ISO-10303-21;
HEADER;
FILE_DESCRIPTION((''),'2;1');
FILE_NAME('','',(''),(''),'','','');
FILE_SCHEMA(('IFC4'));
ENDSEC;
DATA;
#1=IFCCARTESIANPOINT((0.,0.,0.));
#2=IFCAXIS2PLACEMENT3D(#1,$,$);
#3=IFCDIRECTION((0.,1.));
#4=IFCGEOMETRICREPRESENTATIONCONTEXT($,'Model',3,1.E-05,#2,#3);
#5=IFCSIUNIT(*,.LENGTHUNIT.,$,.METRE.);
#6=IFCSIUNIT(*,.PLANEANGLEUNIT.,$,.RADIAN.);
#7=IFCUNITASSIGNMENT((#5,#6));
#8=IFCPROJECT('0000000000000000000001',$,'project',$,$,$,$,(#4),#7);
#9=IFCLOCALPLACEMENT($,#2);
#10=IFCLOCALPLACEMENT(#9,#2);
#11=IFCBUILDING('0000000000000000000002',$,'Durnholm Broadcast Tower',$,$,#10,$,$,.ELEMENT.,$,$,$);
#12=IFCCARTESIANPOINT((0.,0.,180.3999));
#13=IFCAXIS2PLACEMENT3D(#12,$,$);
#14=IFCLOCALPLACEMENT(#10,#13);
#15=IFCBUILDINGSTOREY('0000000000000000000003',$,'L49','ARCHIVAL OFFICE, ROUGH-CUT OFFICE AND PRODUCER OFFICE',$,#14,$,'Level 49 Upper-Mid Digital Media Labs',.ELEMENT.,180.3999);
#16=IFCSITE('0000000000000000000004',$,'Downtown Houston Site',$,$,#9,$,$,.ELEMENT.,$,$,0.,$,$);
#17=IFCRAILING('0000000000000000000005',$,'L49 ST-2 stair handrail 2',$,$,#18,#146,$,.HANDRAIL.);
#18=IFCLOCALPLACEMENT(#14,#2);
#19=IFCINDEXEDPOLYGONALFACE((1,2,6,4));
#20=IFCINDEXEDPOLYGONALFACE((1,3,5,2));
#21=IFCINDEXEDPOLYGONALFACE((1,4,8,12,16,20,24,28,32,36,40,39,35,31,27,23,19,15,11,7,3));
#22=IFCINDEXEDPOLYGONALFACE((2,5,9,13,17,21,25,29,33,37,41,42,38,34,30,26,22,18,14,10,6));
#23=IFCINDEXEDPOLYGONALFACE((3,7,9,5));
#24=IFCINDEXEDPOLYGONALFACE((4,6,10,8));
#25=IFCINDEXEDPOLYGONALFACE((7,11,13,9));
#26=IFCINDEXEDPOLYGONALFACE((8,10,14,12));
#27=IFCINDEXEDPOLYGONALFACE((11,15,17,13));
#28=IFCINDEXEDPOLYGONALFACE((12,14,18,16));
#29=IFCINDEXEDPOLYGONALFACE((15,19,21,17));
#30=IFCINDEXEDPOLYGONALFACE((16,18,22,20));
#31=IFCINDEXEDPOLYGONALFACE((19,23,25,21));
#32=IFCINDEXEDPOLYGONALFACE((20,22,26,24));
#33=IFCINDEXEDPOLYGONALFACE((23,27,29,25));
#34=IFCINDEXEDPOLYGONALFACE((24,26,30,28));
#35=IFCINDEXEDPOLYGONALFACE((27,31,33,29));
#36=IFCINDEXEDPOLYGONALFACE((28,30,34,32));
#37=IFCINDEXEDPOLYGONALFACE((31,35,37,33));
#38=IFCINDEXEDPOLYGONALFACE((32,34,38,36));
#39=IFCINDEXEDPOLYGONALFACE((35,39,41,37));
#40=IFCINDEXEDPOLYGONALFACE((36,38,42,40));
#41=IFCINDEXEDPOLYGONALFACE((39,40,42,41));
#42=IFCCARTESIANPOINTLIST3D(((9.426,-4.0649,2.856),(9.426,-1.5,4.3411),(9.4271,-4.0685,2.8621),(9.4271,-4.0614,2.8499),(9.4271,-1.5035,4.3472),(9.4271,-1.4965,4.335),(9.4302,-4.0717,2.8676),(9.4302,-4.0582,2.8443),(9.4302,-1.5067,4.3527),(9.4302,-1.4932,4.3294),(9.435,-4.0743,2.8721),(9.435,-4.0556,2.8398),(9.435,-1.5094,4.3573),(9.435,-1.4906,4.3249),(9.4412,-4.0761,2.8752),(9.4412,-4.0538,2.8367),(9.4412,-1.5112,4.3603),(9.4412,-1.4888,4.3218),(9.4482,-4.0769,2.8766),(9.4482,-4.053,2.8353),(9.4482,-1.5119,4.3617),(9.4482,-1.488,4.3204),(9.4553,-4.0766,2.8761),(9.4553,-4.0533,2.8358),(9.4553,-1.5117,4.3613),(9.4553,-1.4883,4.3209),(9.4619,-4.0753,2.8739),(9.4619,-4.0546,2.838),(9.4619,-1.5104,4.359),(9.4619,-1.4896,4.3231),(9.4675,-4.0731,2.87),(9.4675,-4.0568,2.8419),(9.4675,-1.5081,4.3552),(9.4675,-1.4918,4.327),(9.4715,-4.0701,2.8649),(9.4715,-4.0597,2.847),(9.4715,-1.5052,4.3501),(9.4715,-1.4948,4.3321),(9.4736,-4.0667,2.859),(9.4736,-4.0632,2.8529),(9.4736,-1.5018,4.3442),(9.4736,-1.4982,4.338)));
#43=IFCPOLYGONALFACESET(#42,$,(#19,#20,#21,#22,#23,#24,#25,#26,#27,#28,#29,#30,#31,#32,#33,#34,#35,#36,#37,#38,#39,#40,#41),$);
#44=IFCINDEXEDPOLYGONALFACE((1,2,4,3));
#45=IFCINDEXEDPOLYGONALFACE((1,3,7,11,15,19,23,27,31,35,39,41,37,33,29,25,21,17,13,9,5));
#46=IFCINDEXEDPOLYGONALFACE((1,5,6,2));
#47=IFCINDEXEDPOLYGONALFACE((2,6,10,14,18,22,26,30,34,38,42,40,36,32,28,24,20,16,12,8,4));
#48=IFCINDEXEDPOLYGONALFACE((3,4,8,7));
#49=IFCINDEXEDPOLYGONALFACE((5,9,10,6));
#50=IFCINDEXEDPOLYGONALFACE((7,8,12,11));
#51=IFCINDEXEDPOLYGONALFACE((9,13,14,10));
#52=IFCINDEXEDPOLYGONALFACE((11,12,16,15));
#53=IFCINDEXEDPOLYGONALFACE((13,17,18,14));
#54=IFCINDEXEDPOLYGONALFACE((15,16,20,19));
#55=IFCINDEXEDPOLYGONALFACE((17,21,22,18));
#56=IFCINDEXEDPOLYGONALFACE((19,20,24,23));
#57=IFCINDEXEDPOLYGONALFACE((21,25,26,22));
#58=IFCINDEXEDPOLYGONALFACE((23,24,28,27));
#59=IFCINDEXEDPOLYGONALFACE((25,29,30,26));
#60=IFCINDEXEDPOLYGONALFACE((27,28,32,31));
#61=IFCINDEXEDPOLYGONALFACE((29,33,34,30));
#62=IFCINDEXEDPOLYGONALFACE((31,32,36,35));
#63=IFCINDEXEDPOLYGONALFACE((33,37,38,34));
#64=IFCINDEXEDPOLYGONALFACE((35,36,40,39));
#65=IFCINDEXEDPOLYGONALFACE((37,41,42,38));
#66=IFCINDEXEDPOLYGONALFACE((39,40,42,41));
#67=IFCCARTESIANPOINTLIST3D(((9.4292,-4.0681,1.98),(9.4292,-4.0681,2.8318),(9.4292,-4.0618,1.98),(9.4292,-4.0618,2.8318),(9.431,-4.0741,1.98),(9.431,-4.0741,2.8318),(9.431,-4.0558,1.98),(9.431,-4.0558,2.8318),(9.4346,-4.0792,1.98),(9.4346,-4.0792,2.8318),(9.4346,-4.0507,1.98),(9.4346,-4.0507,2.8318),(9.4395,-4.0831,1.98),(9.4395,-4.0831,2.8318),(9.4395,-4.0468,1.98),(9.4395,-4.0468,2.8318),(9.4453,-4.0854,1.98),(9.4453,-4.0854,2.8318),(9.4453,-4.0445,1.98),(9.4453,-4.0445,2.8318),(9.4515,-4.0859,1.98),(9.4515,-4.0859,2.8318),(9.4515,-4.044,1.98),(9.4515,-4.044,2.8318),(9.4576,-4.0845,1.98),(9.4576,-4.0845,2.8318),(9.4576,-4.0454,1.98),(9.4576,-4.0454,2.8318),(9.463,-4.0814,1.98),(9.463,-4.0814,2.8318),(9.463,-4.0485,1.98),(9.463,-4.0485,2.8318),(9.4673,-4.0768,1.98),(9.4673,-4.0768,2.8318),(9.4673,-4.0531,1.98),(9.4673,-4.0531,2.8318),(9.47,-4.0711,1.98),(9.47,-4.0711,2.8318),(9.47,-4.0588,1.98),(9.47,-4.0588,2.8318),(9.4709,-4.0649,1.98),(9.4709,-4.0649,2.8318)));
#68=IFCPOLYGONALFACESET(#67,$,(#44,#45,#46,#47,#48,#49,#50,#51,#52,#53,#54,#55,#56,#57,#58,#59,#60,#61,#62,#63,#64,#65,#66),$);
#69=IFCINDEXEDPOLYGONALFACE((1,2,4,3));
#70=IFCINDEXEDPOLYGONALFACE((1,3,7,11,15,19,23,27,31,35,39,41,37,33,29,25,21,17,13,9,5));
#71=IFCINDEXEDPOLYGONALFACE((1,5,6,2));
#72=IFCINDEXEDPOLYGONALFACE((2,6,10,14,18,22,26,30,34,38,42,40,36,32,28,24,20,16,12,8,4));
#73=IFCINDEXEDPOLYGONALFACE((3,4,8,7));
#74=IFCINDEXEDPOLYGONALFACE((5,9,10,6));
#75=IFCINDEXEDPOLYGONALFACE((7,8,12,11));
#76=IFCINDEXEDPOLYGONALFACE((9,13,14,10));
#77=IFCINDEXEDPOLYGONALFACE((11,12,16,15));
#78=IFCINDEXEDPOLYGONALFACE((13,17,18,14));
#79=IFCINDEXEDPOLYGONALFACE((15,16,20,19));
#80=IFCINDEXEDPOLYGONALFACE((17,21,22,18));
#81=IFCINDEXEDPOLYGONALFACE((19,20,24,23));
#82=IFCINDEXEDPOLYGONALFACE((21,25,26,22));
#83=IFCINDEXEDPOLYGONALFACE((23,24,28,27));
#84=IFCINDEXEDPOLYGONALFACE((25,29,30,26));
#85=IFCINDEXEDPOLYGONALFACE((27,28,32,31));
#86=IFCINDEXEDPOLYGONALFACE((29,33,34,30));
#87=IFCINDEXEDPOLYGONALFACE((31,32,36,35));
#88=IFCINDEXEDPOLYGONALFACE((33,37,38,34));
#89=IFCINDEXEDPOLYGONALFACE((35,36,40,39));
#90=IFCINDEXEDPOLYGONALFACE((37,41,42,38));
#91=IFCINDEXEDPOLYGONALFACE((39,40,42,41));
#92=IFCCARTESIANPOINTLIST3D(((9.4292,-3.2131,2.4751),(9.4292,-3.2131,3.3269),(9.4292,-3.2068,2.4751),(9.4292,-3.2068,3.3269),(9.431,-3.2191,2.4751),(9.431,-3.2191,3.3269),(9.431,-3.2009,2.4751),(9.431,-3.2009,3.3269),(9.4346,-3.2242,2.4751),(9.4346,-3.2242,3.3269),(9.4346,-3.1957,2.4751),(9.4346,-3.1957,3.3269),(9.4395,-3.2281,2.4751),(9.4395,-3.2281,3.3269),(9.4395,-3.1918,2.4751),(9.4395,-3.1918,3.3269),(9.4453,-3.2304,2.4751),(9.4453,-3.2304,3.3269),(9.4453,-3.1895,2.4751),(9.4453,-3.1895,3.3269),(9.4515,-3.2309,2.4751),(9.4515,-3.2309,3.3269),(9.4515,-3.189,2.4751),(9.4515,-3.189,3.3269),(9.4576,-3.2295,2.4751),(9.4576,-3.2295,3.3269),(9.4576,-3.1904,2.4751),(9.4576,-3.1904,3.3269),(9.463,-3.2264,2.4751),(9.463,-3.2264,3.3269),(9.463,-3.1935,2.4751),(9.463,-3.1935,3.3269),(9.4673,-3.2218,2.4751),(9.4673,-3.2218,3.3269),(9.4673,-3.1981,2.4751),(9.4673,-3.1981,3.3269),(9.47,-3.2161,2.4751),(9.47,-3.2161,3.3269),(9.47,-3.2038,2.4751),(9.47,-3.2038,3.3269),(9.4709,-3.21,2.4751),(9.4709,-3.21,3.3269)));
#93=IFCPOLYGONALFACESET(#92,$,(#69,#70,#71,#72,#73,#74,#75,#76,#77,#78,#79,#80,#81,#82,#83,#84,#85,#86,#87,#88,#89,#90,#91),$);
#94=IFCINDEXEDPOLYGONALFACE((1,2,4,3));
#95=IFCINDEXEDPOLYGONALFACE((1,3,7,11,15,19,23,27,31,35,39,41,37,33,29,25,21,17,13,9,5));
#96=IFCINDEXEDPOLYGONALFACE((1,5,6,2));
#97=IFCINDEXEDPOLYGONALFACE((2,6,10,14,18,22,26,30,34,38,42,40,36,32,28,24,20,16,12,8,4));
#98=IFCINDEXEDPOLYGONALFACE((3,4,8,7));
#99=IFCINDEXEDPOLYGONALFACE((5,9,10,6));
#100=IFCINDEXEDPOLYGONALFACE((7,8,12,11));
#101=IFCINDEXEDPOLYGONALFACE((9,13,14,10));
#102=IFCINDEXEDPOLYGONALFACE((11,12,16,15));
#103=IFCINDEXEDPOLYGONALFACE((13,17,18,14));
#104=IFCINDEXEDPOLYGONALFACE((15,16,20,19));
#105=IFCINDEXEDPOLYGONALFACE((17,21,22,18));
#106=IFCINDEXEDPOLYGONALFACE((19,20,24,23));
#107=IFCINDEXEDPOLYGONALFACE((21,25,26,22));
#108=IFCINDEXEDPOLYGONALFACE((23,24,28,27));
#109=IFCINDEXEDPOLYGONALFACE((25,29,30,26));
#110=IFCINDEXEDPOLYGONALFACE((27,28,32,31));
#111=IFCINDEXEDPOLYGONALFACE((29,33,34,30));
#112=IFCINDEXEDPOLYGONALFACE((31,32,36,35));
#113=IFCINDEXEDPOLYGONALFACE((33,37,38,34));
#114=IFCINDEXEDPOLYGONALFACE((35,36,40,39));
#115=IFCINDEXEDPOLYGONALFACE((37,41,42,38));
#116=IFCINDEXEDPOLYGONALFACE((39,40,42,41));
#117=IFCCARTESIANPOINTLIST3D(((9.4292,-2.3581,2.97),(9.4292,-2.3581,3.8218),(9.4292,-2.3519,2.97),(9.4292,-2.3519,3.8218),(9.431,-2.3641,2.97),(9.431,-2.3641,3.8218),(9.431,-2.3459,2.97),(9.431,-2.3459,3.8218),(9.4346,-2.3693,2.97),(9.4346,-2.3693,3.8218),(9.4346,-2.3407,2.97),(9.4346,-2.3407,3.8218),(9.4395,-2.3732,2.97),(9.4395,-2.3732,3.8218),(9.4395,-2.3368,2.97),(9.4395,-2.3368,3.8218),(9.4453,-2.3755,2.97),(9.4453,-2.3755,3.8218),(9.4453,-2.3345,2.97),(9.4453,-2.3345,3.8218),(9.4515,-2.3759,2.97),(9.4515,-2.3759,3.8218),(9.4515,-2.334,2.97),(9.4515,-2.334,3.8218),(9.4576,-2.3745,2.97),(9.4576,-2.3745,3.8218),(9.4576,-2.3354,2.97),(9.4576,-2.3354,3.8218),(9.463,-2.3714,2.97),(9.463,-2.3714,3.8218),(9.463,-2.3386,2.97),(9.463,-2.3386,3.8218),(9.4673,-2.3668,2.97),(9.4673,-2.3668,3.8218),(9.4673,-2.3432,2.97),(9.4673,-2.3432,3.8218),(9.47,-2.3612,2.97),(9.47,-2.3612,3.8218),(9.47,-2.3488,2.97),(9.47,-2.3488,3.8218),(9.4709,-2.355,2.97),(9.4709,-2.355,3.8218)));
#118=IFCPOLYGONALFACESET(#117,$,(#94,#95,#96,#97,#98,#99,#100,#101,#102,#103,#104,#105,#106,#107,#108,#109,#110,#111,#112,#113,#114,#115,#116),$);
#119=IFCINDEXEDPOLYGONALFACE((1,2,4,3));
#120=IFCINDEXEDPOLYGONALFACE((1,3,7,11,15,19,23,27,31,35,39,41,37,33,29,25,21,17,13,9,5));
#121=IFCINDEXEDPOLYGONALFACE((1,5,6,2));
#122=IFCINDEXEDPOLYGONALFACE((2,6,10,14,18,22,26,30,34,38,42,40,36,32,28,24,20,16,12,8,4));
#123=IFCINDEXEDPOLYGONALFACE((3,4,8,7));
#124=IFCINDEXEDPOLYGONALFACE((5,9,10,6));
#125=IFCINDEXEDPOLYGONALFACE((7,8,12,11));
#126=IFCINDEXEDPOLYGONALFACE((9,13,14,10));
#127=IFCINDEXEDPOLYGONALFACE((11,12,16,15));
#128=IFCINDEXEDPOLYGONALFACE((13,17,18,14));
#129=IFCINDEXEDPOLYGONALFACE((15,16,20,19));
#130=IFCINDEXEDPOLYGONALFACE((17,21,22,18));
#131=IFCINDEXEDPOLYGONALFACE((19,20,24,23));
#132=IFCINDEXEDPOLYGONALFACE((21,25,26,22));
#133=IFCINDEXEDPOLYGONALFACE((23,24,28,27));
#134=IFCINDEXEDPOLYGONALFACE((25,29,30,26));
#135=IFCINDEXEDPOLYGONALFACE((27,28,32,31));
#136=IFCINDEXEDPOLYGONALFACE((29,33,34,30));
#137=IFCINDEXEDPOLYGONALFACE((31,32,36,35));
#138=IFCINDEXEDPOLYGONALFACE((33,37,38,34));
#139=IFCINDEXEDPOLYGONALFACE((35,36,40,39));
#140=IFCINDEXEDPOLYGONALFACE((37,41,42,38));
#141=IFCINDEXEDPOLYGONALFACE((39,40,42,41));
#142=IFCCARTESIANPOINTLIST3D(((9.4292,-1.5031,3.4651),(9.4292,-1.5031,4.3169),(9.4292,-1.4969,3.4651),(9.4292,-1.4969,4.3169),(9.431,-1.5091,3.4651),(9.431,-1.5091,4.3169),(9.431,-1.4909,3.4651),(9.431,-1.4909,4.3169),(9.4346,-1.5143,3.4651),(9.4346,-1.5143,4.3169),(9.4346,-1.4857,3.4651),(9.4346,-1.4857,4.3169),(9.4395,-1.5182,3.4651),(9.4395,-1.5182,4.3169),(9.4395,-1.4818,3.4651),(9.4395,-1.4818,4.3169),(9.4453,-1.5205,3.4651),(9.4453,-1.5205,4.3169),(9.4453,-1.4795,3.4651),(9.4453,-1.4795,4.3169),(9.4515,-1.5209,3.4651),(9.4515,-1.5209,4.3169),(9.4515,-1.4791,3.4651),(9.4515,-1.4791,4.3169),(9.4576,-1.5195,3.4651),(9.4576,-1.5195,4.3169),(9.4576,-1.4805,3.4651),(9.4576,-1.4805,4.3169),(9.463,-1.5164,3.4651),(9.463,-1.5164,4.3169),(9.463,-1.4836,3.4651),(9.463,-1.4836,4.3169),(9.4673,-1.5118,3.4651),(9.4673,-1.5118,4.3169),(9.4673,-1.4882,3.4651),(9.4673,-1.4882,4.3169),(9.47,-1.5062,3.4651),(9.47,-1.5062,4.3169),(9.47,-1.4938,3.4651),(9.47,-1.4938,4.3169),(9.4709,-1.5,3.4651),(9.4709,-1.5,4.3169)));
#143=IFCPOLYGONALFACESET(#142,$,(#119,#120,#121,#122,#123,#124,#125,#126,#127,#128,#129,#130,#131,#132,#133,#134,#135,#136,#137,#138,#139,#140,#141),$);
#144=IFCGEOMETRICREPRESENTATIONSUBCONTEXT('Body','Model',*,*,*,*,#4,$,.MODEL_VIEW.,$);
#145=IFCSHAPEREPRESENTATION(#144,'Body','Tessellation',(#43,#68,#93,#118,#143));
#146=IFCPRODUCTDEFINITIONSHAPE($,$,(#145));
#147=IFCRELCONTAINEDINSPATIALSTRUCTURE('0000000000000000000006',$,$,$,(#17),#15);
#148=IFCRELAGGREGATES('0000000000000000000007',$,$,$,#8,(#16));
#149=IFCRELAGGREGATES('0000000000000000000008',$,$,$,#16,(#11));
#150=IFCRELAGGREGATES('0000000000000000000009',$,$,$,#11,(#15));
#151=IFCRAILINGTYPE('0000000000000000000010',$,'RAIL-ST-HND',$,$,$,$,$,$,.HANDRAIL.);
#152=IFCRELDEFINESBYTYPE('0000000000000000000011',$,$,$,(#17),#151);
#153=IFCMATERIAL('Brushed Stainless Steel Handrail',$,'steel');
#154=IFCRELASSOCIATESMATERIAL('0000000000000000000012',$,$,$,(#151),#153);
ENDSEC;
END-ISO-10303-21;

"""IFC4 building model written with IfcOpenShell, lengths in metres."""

from ifc_helpers import new_model, si_unit, direction, frame, origin, origin_2d, place, context, subcontext, project, spatial, circle, extrude, material, type_object, element, save


model = new_model("IFC4")

# Units and contexts
model_context = context("Model", 3, precision=1e-05, world=origin(), true_north=direction((0.0, 1.0)))
body_context = subcontext(model_context, "Body", "Model", "MODEL_VIEW")
ifc_project = project(units=[si_unit("LENGTHUNIT", "METRE"), si_unit("PLANEANGLEUNIT", "RADIAN")], contexts=[model_context])

# Site, building, storey
site_placement = place(None, origin())
site = spatial("IfcSite", under=ifc_project, at=site_placement, Name="Downtown Houston Site", CompositionType="ELEMENT", RefElevation=0.0)
building_placement = place(site_placement, origin())
building = spatial("IfcBuilding", under=site, at=building_placement, Name="Durnholm Broadcast Tower", CompositionType="ELEMENT")
storey_placement = place(building_placement, frame((0.0, 0.0, 180.3999)))
storey = spatial("IfcBuildingStorey", under=building, at=storey_placement, Name="L49", Description="ARCHIVAL OFFICE, ROUGH-CUT OFFICE AND PRODUCER OFFICE", LongName="Level 49 Upper-Mid Digital Media Labs", CompositionType="ELEMENT", Elevation=180.3999)

# Railing
ifc_material_1 = material(Name="Brushed Stainless Steel Handrail", Category="steel")
railing_type_1 = type_object("IfcRailingType", Name="RAIL-ST-HND", PredefinedType="HANDRAIL", material=ifc_material_1)
railing_1_placement = place(storey_placement, frame((9.45, -4.0649, 1.98)))
element("IfcRailing", 1, at=railing_1_placement, inside=storey, type_object=railing_type_1, Name="L49 ST-2 stair handrail 2", PredefinedType="HANDRAIL", context=body_context, shape_type="SweptSolid", body=[
    extrude(circle(Radius=0.0239, at=origin_2d()), frame((0.0, 0.0, 0.876), z_axis=(0.0, 0.865406, 0.501072), x_axis=(-1.0, 0.0, 0.0)), (0.0, 0.0, 1.0), 2.9639),
    extrude(circle(Radius=0.021, at=origin_2d()), origin(), (0.0, 0.0, 1.0), 0.8518),
    extrude(circle(Radius=0.021, at=origin_2d()), frame((0.0, 0.855, 0.4951)), (0.0, 0.0, 1.0), 0.8518),
    extrude(circle(Radius=0.021, at=origin_2d()), frame((0.0, 1.71, 0.99)), (0.0, 0.0, 1.0), 0.8518),
    extrude(circle(Radius=0.021, at=origin_2d()), frame((0.0, 2.5649, 1.4851)), (0.0, 0.0, 1.0), 0.8518),
])

save(model, "model.ifc")
